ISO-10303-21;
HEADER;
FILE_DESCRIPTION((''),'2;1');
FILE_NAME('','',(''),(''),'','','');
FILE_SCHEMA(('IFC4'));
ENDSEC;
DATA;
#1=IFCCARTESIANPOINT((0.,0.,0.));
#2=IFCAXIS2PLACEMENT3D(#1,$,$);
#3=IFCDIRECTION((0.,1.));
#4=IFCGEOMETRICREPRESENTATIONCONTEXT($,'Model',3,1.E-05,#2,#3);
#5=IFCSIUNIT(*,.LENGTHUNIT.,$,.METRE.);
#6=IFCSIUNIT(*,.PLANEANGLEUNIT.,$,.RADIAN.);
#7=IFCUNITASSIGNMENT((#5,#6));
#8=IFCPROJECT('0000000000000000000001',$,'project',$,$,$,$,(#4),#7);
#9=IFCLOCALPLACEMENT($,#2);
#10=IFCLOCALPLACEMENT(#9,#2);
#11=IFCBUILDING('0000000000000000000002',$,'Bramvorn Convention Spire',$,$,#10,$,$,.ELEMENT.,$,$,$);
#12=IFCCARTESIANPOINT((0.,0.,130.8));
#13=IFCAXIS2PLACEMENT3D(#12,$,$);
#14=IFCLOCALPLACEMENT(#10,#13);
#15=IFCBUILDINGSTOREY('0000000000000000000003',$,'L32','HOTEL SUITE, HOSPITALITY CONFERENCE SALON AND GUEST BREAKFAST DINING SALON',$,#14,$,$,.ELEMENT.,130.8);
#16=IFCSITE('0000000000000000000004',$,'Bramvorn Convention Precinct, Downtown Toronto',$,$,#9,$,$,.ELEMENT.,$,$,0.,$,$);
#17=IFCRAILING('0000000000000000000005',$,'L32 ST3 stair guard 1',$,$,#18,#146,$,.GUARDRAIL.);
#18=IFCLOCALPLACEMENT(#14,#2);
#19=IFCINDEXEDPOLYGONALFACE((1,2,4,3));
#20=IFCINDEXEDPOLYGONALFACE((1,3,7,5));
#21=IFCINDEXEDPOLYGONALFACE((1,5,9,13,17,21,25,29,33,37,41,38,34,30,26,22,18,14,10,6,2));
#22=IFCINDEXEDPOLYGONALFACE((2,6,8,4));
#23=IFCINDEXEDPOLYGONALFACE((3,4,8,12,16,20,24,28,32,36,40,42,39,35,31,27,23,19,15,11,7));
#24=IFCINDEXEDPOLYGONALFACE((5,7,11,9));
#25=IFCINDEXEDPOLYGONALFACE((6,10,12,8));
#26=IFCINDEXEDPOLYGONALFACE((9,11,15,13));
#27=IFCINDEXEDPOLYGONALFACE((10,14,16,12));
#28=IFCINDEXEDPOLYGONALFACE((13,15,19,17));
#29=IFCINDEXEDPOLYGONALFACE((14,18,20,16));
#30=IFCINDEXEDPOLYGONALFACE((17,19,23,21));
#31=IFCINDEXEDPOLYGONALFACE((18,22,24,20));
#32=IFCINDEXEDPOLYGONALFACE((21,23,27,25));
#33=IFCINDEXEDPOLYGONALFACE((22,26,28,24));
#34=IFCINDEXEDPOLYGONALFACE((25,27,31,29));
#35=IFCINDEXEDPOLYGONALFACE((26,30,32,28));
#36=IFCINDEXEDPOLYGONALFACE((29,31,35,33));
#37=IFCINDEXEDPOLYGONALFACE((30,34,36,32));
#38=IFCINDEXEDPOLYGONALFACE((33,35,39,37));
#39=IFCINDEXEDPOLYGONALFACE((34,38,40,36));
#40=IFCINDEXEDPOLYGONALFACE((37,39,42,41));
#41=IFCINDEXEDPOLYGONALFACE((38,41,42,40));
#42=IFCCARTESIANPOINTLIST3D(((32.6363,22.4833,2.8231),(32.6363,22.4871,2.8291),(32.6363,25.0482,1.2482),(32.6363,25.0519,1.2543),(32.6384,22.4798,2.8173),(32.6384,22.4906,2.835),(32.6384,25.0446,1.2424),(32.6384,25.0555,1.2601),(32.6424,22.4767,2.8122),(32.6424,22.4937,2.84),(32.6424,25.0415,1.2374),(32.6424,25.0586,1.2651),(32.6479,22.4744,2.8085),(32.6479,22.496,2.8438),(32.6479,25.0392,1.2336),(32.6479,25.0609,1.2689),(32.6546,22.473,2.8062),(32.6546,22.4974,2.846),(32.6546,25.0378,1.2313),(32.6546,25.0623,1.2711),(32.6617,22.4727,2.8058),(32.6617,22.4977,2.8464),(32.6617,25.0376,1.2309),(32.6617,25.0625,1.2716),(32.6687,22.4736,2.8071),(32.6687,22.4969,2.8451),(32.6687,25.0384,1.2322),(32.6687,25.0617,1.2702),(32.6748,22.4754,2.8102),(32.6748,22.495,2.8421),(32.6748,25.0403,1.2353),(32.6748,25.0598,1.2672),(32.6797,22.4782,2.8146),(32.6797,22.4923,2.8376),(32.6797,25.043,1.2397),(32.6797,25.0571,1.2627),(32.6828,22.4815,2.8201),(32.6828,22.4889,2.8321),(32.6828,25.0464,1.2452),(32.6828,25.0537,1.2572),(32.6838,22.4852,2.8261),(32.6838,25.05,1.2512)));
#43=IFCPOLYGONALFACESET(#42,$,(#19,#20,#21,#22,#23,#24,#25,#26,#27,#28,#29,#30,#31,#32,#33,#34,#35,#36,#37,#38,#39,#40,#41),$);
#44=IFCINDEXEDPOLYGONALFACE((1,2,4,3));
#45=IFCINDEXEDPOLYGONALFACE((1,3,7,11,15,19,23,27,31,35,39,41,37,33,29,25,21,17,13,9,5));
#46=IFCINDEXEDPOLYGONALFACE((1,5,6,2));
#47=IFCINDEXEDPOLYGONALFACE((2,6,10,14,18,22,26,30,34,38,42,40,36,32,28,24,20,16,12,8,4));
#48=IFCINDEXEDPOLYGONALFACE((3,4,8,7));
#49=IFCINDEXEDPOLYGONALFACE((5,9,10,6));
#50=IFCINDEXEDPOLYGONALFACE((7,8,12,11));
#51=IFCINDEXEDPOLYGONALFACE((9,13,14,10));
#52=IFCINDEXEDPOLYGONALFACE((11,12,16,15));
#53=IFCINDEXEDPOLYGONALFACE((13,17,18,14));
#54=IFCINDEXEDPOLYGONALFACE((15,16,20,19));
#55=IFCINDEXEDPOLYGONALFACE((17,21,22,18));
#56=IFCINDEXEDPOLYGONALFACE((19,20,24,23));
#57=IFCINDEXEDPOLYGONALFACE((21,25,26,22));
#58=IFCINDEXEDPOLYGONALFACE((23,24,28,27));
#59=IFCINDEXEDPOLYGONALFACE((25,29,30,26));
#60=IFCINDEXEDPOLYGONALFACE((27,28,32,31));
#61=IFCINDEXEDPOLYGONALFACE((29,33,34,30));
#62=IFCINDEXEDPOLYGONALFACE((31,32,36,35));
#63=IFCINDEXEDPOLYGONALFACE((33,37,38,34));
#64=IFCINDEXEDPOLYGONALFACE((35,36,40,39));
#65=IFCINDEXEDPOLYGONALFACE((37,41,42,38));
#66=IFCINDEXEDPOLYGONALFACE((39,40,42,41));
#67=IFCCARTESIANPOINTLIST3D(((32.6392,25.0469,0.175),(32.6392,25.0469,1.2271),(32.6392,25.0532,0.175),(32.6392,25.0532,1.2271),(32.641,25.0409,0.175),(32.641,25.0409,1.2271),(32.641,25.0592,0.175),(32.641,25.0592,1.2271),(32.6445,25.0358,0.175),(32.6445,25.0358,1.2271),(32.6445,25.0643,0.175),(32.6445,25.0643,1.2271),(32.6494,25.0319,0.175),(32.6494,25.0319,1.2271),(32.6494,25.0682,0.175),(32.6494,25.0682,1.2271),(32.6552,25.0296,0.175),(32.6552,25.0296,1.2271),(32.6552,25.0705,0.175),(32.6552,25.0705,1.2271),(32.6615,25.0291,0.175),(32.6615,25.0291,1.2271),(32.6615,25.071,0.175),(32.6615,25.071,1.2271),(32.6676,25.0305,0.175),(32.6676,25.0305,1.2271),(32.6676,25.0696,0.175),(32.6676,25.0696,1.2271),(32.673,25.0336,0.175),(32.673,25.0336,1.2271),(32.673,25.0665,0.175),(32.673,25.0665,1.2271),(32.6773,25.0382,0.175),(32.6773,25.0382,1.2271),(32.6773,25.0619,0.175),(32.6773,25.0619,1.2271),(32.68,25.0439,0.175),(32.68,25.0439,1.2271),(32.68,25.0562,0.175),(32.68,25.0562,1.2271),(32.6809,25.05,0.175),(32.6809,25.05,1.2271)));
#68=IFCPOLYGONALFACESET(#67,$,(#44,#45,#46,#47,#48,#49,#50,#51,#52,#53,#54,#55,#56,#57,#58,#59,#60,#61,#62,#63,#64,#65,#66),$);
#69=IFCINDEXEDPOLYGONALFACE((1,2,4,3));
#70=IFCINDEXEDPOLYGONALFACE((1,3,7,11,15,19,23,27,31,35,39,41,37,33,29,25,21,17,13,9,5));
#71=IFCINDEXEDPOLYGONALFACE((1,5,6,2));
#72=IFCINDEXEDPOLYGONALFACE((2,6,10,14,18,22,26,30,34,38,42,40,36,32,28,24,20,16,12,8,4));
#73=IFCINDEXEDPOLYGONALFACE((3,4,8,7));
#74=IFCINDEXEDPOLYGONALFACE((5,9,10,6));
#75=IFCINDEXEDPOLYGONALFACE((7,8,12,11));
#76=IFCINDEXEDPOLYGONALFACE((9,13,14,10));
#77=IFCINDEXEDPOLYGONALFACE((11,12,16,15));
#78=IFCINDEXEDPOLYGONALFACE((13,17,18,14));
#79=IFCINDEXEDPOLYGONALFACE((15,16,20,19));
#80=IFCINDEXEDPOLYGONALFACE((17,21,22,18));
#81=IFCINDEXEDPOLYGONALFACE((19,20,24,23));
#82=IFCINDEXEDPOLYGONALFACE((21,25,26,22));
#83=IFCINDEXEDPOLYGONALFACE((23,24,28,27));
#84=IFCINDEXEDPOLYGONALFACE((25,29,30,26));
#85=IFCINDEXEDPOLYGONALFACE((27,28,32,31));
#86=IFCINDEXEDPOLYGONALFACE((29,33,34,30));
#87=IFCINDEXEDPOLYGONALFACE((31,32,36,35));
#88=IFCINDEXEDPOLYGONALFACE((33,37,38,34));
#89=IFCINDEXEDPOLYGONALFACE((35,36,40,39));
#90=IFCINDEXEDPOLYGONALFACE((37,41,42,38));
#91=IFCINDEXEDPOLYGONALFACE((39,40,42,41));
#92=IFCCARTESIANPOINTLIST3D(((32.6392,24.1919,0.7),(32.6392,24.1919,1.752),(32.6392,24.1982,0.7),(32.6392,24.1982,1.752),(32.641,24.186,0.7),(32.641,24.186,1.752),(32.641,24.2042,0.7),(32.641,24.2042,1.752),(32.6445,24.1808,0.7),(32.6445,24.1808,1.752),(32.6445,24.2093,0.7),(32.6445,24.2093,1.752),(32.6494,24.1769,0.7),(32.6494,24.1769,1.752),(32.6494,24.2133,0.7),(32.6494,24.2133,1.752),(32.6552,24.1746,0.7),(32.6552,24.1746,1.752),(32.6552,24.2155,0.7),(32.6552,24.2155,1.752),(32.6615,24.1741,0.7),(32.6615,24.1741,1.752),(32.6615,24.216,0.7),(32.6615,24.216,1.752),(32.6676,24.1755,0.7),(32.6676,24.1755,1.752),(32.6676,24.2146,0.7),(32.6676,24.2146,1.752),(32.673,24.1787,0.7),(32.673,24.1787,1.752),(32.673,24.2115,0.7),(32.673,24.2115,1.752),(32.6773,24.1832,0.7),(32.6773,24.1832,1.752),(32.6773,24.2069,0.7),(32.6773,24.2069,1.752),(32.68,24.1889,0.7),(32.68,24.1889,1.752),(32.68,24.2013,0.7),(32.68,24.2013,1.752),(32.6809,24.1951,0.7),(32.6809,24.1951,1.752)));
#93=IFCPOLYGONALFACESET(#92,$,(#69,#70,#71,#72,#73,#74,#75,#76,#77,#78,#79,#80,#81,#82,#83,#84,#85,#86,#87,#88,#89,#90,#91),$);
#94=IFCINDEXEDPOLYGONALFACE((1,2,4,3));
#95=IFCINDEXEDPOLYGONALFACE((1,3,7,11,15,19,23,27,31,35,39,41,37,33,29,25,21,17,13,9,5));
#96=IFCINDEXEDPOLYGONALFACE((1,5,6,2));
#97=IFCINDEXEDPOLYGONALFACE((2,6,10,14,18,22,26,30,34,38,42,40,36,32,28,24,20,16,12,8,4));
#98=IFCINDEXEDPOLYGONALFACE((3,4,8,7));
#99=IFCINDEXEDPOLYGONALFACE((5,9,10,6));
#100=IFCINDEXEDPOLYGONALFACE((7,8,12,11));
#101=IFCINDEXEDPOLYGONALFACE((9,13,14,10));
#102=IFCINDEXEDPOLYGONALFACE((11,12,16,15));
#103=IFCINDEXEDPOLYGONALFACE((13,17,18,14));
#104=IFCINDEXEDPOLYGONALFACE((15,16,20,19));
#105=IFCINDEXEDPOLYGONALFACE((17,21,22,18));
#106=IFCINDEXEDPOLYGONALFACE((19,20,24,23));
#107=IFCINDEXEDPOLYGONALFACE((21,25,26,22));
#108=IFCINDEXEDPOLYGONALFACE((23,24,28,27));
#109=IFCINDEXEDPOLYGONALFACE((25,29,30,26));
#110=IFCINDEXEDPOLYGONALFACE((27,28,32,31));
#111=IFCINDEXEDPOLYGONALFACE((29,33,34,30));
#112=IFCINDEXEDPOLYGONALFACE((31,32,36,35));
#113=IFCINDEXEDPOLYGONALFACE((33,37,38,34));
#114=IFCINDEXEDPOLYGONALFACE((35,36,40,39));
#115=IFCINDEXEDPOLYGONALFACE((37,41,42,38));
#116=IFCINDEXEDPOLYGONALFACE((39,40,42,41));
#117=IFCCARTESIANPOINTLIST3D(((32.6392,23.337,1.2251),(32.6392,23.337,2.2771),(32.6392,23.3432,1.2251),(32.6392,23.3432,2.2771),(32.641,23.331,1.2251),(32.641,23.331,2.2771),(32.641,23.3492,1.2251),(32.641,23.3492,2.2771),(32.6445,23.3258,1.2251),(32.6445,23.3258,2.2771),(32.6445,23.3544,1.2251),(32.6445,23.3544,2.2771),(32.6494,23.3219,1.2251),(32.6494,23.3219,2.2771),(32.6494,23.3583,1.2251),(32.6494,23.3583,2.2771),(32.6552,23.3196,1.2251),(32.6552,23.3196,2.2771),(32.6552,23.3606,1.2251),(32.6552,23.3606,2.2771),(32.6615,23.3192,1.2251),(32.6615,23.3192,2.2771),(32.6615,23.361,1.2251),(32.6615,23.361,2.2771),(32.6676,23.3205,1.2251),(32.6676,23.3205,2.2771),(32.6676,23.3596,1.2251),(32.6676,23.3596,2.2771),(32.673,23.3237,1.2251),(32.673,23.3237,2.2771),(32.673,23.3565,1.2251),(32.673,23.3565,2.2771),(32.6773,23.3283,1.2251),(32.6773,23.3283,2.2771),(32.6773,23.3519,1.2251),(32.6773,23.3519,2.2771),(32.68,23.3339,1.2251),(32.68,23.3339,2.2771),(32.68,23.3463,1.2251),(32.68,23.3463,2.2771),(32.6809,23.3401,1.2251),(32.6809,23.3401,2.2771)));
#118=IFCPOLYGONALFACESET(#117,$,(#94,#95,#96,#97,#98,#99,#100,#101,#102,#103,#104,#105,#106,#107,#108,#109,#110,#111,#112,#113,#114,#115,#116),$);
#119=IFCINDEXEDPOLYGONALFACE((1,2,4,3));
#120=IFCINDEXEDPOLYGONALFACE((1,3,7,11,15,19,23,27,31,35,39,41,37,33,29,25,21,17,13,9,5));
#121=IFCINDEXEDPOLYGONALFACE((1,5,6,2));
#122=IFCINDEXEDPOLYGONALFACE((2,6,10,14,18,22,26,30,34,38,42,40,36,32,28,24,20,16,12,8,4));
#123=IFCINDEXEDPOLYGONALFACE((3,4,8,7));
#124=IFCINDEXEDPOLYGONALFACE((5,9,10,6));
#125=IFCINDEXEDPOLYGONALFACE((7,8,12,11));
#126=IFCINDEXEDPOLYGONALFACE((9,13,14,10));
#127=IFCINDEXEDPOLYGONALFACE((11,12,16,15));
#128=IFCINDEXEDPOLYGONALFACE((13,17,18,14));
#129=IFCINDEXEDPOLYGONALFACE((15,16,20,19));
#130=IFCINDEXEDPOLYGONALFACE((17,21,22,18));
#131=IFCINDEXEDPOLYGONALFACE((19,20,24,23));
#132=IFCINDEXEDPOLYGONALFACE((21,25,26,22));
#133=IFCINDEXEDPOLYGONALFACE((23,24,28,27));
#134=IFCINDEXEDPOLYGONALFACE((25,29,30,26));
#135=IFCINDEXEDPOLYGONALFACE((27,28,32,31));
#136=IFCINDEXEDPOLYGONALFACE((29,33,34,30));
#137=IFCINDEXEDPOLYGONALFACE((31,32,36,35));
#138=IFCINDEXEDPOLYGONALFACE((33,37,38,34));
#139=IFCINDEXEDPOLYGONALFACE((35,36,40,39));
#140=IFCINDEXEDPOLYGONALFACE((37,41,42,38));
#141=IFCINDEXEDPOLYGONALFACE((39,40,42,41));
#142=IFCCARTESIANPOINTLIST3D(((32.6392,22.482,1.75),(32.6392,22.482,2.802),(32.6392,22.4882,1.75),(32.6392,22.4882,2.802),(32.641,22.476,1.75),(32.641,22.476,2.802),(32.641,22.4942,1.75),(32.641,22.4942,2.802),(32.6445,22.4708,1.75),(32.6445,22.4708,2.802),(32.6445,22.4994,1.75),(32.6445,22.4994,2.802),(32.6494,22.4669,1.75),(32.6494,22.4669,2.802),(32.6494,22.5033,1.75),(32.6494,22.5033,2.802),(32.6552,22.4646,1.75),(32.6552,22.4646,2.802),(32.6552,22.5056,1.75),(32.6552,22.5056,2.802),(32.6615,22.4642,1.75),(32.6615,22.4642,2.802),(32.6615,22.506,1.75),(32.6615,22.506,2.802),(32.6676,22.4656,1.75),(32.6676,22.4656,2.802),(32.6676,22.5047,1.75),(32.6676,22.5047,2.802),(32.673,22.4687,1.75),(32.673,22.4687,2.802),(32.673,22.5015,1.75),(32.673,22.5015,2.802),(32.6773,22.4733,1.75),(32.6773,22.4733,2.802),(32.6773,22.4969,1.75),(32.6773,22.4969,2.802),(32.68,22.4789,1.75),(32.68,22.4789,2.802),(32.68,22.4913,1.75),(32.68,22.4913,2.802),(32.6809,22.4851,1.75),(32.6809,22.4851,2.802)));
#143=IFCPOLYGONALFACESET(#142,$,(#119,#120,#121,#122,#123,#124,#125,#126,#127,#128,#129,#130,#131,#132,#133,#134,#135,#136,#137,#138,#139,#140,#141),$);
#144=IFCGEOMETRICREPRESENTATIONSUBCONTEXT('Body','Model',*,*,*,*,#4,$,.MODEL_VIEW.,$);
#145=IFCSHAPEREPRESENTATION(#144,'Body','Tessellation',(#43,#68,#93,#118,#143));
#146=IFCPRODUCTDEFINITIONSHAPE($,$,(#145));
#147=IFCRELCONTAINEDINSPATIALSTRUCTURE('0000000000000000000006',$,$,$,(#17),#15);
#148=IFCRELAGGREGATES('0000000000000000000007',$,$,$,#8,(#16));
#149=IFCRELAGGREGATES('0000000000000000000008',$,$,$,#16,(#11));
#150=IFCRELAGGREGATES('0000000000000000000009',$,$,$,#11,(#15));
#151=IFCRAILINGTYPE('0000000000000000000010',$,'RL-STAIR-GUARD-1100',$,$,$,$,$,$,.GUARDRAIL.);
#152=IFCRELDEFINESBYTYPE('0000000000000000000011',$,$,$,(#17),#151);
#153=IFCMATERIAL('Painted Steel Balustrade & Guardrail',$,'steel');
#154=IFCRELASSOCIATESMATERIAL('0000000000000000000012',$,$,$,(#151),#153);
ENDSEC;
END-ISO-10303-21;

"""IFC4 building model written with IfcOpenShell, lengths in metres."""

from ifc_helpers import new_model, si_unit, direction, frame, origin, origin_2d, place, context, subcontext, project, spatial, circle, extrude, material, type_object, element, save


model = new_model("IFC4")

# Units and contexts
model_context = context("Model", 3, precision=1e-05, world=origin(), true_north=direction((0.0, 1.0)))
body_context = subcontext(model_context, "Body", "Model", "MODEL_VIEW")
ifc_project = project(units=[si_unit("LENGTHUNIT", "METRE"), si_unit("PLANEANGLEUNIT", "RADIAN")], contexts=[model_context])

# Site, building, storey
site_placement = place(None, origin())
site = spatial("IfcSite", under=ifc_project, at=site_placement, Name="Bramvorn Convention Precinct, Downtown Toronto", CompositionType="ELEMENT", RefElevation=0.0)
building_placement = place(site_placement, origin())
building = spatial("IfcBuilding", under=site, at=building_placement, Name="Bramvorn Convention Spire", CompositionType="ELEMENT")
storey_placement = place(building_placement, frame((0.0, 0.0, 130.8)))
storey = spatial("IfcBuildingStorey", under=building, at=storey_placement, Name="L32", Description="HOTEL SUITE, HOSPITALITY CONFERENCE SALON AND GUEST BREAKFAST DINING SALON", CompositionType="ELEMENT", Elevation=130.8)

# Railing
ifc_material_1 = material(Name="Painted Steel Balustrade & Guardrail", Category="steel")
railing_type_1 = type_object("IfcRailingType", Name="RL-STAIR-GUARD-1100", PredefinedType="GUARDRAIL", material=ifc_material_1)
railing_1_placement = place(storey_placement, frame((32.6599, 25.05, 0.175)))
element("IfcRailing", 1, at=railing_1_placement, inside=storey, type_object=railing_type_1, Name="L32 ST3 stair guard 1", PredefinedType="GUARDRAIL", context=body_context, shape_type="SweptSolid", body=[
    extrude(circle(Radius=0.0239, at=origin_2d()), frame((0.0, 0.0, 1.0762), z_axis=(0.0, -0.852173, 0.52326), x_axis=(1.0, 0.0, 0.0)), (0.0, 0.0, 1.0), 3.0098),
    extrude(circle(Radius=0.021, at=origin_2d()), origin(), (0.0, 0.0, 1.0), 1.052),
    extrude(circle(Radius=0.021, at=origin_2d()), frame((0.0, -0.855, 0.5249)), (0.0, 0.0, 1.0), 1.052),
    extrude(circle(Radius=0.021, at=origin_2d()), frame((0.0, -1.71, 1.05)), (0.0, 0.0, 1.0), 1.052),
    extrude(circle(Radius=0.021, at=origin_2d()), frame((0.0, -2.5649, 1.575)), (0.0, 0.0, 1.0), 1.052),
])

save(model, "model.ifc")
